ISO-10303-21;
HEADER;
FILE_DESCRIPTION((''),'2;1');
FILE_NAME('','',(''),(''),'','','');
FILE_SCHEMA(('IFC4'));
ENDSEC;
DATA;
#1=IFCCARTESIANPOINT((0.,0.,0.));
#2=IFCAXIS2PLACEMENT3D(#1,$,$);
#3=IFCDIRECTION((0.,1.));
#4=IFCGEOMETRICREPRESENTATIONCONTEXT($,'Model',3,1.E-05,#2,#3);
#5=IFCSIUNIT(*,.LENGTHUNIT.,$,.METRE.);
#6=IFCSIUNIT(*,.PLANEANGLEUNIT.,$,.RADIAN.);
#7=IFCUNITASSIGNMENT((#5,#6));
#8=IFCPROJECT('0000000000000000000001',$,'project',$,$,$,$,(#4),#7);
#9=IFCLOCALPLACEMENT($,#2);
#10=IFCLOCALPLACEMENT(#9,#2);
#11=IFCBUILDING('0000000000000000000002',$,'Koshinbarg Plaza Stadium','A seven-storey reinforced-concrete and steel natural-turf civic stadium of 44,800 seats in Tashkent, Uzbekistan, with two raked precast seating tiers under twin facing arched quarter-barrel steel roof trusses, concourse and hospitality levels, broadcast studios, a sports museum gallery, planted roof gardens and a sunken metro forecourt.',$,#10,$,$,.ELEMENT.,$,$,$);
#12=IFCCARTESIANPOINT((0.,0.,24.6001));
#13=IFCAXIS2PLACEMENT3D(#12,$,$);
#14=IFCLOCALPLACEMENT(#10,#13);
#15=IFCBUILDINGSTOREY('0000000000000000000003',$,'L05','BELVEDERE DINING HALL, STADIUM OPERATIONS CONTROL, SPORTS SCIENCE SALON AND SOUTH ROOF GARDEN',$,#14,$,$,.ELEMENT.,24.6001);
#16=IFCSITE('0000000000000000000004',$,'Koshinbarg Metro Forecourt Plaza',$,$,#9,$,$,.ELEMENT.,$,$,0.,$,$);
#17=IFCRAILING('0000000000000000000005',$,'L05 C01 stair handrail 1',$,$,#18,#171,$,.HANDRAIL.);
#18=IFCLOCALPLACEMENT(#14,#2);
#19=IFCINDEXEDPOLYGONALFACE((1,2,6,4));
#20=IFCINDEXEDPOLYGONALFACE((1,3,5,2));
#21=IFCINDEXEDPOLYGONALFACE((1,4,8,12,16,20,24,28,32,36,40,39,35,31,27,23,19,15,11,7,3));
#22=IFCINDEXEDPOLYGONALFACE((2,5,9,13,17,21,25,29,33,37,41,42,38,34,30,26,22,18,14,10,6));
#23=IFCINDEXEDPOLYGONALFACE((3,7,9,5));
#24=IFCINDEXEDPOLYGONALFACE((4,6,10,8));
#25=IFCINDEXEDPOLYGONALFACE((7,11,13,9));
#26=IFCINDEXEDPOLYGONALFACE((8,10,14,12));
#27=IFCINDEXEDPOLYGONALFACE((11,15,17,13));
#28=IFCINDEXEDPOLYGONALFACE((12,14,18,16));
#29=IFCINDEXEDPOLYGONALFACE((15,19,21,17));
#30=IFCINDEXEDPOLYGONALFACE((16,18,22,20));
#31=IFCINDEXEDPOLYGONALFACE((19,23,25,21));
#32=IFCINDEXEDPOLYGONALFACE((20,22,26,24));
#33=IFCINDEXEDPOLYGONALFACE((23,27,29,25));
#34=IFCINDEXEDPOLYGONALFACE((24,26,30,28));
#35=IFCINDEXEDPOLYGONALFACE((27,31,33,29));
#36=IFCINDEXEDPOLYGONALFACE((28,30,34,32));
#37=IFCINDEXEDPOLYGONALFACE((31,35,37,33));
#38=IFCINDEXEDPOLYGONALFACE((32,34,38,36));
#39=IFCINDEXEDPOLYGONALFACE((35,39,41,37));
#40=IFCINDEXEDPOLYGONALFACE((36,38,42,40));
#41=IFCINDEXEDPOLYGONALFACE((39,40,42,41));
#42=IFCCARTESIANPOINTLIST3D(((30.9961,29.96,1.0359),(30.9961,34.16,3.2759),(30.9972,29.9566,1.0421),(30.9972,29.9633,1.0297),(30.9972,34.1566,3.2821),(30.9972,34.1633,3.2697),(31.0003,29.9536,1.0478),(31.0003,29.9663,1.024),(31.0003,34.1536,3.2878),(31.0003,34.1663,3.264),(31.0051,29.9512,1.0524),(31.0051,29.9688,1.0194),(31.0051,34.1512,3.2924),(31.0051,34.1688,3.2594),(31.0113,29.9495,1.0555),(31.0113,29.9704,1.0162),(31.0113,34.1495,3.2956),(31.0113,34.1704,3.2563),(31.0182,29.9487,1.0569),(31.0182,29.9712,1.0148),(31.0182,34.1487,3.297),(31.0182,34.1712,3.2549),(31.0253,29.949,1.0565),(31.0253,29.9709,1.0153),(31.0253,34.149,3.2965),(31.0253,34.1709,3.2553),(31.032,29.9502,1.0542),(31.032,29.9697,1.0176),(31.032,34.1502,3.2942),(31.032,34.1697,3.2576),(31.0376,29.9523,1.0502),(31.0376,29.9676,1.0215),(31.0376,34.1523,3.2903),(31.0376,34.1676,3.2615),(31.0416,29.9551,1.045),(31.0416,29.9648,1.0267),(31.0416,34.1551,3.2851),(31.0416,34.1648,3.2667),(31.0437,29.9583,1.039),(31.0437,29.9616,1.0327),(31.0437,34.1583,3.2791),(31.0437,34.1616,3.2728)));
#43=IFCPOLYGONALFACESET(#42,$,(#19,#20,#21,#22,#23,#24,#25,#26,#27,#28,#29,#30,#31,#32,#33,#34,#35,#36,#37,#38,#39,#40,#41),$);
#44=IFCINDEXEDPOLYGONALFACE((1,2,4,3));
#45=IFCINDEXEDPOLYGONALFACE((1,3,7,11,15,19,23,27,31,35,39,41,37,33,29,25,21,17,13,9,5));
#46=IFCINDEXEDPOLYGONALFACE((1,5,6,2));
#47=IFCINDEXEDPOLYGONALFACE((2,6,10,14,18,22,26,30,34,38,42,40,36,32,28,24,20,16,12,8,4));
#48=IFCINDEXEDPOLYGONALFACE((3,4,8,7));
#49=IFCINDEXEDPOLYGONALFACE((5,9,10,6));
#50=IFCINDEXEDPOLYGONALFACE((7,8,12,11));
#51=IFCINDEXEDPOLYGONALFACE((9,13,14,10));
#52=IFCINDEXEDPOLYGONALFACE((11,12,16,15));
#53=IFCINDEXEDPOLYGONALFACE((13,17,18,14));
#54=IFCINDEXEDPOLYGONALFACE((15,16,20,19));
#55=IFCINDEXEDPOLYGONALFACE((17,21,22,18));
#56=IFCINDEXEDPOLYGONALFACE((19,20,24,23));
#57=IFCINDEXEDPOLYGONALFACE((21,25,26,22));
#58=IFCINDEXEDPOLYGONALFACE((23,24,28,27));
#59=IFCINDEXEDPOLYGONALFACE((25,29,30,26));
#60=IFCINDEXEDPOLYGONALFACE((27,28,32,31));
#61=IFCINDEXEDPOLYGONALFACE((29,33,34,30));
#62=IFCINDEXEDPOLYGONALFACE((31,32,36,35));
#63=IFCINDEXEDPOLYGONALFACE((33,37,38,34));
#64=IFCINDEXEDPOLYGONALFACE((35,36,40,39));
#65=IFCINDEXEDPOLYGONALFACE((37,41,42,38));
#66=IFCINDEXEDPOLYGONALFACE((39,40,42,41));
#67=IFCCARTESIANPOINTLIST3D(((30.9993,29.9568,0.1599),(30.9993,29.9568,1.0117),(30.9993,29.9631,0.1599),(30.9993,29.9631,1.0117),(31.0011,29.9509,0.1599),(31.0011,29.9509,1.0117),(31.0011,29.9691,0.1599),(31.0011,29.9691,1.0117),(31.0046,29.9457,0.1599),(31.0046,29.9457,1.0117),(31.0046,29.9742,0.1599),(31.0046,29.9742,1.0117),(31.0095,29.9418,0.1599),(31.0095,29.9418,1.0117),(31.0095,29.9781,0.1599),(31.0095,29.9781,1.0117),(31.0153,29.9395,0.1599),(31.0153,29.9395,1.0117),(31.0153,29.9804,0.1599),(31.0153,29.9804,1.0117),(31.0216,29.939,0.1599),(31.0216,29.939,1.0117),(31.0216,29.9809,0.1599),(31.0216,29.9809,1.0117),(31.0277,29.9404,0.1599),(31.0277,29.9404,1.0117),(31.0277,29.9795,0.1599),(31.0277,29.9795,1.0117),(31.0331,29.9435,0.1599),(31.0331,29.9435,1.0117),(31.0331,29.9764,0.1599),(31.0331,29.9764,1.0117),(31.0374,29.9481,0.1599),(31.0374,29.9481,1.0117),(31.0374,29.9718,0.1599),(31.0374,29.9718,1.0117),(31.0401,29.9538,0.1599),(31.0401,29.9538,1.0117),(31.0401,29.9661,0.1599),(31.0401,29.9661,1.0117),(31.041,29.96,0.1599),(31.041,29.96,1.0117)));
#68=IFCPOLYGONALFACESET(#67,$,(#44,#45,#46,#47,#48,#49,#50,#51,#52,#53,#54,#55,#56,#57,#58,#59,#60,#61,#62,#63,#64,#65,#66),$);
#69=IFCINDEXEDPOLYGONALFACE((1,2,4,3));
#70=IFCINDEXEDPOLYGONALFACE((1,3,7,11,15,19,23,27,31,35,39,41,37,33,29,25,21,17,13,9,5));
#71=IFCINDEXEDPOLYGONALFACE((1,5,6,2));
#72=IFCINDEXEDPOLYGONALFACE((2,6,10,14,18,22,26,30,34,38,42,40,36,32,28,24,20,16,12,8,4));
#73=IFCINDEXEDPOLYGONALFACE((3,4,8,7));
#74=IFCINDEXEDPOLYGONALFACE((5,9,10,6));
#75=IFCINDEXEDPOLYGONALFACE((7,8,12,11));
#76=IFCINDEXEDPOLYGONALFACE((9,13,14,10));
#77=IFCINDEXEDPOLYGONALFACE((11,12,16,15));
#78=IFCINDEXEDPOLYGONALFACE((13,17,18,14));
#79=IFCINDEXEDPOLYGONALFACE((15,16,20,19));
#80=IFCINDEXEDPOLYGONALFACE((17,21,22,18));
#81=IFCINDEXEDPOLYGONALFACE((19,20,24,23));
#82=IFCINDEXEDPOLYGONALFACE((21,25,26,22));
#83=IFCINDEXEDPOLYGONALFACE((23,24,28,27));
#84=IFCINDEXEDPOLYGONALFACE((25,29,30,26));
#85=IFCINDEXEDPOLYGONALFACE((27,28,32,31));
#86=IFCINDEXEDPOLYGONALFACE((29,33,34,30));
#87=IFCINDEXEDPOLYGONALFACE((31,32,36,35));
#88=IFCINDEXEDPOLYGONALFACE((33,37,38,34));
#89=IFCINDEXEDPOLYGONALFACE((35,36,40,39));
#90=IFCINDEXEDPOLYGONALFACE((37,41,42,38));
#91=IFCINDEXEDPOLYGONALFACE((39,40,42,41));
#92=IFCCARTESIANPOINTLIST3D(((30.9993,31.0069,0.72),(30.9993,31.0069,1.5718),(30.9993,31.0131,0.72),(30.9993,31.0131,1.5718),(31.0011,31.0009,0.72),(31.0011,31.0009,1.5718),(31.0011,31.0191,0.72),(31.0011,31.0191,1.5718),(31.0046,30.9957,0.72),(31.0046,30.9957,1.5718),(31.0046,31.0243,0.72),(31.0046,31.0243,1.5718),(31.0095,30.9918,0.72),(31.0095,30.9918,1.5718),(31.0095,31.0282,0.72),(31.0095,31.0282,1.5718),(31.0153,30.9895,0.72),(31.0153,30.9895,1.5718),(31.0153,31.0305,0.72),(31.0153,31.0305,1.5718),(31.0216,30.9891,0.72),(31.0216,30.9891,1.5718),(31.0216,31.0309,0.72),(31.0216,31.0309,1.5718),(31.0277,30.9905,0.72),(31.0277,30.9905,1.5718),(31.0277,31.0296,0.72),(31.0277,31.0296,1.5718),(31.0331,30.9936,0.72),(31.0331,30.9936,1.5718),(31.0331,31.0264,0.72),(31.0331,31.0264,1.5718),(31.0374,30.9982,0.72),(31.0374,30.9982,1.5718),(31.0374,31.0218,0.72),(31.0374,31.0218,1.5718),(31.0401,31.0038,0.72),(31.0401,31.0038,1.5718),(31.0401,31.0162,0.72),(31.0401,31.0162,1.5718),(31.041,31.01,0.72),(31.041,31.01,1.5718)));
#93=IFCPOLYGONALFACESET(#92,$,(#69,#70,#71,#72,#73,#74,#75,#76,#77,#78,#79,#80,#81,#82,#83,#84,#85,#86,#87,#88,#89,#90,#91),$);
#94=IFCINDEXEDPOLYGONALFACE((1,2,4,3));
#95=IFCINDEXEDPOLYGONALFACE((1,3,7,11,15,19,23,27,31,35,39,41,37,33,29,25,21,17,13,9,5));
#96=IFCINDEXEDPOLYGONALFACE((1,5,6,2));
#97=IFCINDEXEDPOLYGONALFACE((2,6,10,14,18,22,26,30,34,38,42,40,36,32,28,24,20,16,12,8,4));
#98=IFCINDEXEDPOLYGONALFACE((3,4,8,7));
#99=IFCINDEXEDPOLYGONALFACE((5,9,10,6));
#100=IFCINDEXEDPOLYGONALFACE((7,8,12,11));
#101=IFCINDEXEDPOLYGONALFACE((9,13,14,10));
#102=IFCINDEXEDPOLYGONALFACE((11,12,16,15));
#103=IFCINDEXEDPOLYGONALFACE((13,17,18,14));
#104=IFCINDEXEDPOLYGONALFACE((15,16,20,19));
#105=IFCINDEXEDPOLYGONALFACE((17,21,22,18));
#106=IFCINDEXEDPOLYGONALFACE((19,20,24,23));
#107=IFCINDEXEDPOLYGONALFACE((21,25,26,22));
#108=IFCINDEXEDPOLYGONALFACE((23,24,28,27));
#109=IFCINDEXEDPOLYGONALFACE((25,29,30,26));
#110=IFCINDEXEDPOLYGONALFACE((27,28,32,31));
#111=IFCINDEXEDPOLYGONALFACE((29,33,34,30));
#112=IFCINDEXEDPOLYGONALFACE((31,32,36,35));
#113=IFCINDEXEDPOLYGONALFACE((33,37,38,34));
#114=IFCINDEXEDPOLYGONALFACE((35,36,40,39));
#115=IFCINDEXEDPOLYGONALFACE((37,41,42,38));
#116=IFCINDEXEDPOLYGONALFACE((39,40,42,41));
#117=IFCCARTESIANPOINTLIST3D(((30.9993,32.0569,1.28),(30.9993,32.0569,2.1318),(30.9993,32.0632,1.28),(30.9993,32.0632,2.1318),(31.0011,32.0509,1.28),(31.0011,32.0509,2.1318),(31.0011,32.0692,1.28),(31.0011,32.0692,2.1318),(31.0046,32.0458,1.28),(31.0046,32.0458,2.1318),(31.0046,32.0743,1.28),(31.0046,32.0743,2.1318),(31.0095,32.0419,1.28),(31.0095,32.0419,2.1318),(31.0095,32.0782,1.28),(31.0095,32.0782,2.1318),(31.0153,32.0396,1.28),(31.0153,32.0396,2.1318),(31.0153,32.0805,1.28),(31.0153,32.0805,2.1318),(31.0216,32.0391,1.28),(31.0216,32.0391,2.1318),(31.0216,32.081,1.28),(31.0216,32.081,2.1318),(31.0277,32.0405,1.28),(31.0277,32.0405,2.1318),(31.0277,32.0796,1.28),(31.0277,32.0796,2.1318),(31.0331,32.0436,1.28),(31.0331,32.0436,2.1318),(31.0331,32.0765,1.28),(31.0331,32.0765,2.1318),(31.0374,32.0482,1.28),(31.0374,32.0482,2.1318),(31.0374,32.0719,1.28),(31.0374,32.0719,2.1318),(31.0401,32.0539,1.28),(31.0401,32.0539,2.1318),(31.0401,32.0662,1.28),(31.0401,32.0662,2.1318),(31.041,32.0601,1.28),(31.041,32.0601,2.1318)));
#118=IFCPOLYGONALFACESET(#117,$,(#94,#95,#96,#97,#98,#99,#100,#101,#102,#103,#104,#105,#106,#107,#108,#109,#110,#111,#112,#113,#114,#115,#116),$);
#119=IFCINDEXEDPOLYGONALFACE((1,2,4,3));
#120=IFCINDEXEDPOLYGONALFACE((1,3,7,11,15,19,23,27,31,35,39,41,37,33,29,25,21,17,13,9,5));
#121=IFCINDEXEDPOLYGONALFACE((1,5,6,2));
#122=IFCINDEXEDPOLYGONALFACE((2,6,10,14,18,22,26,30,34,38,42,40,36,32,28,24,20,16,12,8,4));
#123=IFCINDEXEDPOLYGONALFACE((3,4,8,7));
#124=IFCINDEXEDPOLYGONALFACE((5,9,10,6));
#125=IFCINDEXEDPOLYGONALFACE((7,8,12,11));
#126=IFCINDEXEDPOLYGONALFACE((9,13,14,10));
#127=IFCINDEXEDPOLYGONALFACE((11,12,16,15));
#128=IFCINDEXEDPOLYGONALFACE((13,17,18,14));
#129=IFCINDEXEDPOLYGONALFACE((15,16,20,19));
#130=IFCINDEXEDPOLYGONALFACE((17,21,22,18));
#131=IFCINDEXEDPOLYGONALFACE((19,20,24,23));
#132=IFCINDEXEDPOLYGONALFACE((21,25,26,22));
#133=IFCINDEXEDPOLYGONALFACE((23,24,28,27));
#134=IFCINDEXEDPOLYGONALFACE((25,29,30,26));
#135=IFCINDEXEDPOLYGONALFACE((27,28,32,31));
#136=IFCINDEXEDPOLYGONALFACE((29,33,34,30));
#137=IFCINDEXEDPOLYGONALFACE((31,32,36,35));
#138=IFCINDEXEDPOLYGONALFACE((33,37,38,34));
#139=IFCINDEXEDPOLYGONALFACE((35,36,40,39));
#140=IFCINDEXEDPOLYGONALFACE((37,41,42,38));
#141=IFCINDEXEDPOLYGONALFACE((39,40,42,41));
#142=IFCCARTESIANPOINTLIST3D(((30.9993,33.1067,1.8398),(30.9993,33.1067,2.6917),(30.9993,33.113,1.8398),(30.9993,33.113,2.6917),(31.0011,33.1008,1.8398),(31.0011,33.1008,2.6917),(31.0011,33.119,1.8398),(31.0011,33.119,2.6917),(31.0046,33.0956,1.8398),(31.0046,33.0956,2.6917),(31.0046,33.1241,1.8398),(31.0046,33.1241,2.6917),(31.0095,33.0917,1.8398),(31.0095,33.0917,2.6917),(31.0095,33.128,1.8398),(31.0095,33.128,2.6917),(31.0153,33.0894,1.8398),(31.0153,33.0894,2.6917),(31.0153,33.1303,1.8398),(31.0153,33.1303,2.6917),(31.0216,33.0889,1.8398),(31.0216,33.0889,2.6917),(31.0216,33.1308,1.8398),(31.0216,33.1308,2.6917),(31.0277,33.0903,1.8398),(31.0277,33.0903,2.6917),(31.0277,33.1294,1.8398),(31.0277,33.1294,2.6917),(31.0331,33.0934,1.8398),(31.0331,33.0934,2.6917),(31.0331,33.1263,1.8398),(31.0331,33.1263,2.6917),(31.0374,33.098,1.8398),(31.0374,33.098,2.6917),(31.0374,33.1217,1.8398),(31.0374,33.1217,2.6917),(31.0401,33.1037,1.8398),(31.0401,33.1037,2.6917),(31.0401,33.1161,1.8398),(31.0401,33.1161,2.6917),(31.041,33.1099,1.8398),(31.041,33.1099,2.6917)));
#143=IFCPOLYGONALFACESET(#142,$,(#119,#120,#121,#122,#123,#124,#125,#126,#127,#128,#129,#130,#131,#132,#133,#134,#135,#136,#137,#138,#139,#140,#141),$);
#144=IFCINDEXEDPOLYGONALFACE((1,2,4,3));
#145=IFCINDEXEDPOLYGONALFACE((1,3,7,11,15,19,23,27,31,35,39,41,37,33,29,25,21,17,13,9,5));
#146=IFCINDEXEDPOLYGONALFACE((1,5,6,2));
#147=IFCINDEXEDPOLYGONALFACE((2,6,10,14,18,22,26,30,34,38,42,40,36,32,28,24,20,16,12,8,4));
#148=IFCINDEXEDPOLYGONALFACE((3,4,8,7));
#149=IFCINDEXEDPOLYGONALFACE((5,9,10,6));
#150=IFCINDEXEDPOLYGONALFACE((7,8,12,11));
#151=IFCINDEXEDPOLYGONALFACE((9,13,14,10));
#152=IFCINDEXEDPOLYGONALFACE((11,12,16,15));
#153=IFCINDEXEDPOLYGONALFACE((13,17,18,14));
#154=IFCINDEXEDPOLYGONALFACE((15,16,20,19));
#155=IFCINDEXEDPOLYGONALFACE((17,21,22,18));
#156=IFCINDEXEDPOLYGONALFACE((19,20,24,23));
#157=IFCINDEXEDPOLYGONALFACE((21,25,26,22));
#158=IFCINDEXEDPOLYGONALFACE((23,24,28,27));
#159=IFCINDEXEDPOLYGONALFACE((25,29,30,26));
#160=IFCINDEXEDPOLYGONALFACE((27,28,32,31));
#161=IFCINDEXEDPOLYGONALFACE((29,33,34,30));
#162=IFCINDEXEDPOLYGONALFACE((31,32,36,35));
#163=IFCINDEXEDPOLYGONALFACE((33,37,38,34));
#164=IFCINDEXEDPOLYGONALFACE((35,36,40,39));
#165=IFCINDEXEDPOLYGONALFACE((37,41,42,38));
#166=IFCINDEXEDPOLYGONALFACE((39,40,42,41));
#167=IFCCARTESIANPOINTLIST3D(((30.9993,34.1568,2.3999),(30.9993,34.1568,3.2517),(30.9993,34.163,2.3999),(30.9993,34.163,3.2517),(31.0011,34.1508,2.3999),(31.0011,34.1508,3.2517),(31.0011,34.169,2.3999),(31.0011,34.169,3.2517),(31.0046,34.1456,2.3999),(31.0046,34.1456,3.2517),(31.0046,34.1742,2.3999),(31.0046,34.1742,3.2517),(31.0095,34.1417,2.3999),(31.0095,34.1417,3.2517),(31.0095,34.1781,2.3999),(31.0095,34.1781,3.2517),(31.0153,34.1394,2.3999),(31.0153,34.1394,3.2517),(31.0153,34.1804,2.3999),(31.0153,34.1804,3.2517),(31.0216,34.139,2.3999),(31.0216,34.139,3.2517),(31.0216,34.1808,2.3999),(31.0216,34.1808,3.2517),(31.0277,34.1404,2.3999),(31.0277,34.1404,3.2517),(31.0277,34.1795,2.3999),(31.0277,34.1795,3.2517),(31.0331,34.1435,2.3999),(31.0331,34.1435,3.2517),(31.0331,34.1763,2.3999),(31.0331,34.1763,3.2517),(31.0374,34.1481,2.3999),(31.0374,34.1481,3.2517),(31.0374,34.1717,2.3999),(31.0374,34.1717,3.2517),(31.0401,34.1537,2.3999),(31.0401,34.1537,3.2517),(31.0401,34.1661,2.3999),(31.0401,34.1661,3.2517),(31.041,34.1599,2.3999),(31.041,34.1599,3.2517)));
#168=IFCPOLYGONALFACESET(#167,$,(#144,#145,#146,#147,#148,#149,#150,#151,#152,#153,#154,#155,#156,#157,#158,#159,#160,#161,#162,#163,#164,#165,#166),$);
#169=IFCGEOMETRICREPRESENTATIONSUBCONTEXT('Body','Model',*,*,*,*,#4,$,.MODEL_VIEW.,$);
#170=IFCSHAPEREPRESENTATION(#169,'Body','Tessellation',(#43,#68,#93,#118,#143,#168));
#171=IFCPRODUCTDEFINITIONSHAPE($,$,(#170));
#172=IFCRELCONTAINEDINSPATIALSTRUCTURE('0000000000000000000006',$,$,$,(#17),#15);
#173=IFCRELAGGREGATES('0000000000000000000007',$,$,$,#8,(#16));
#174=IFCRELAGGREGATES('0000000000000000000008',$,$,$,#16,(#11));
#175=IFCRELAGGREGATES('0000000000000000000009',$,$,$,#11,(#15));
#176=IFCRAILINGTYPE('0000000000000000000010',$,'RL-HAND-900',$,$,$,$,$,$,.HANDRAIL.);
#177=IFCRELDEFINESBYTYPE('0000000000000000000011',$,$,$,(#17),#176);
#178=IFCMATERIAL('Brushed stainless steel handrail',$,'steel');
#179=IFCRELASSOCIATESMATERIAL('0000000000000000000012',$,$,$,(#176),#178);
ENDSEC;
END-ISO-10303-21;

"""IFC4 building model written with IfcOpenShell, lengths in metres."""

from ifc_helpers import new_model, si_unit, direction, frame, origin, origin_2d, place, context, subcontext, project, spatial, circle, extrude, material, type_object, element, save


model = new_model("IFC4")

# Units and contexts
model_context = context("Model", 3, precision=1e-05, world=origin(), true_north=direction((0.0, 1.0)))
body_context = subcontext(model_context, "Body", "Model", "MODEL_VIEW")
ifc_project = project(units=[si_unit("LENGTHUNIT", "METRE"), si_unit("PLANEANGLEUNIT", "RADIAN")], contexts=[model_context])

# Site, building, storey
site_placement = place(None, origin())
site = spatial("IfcSite", under=ifc_project, at=site_placement, Name="Koshinbarg Metro Forecourt Plaza", CompositionType="ELEMENT", RefElevation=0.0)
building_placement = place(site_placement, origin())
building = spatial("IfcBuilding", under=site, at=building_placement, Name="Koshinbarg Plaza Stadium", Description="A seven-storey reinforced-concrete and steel natural-turf civic stadium of 44,800 seats in Tashkent, Uzbekistan, with two raked precast seating tiers under twin facing arched quarter-barrel steel roof trusses, concourse and hospitality levels, broadcast studios, a sports museum gallery, planted roof gardens and a sunken metro forecourt.", CompositionType="ELEMENT")
storey_placement = place(building_placement, frame((0.0, 0.0, 24.6001)))
storey = spatial("IfcBuildingStorey", under=building, at=storey_placement, Name="L05", Description="BELVEDERE DINING HALL, STADIUM OPERATIONS CONTROL, SPORTS SCIENCE SALON AND SOUTH ROOF GARDEN", CompositionType="ELEMENT", Elevation=24.6001)

# Railing
ifc_material_1 = material(Name="Brushed stainless steel handrail", Category="steel")
railing_type_1 = type_object("IfcRailingType", Name="RL-HAND-900", PredefinedType="HANDRAIL", material=ifc_material_1)
railing_1_placement = place(storey_placement, frame((31.02, 29.96, 0.1599)))
element("IfcRailing", 1, at=railing_1_placement, inside=storey, type_object=railing_type_1, Name="L05 C01 stair handrail 1", PredefinedType="HANDRAIL", context=body_context, shape_type="SweptSolid", body=[
    extrude(circle(Radius=0.0239, at=origin_2d()), frame((0.0, 0.0, 0.876), z_axis=(0.0, 0.882352, 0.470591), x_axis=(-1.0, 0.0, 0.0)), (0.0, 0.0, 1.0), 4.76),
    extrude(circle(Radius=0.021, at=origin_2d()), origin(), (0.0, 0.0, 1.0), 0.8518),
    extrude(circle(Radius=0.021, at=origin_2d()), frame((0.0, 1.05, 0.5601)), (0.0, 0.0, 1.0), 0.8518),
    extrude(circle(Radius=0.021, at=origin_2d()), frame((0.0, 2.1001, 1.1201)), (0.0, 0.0, 1.0), 0.8518),
    extrude(circle(Radius=0.021, at=origin_2d()), frame((0.0, 3.1499, 1.6799)), (0.0, 0.0, 1.0), 0.8518),
    extrude(circle(Radius=0.021, at=origin_2d()), frame((0.0, 4.2, 2.24)), (0.0, 0.0, 1.0), 0.8518),
])

save(model, "model.ifc")
